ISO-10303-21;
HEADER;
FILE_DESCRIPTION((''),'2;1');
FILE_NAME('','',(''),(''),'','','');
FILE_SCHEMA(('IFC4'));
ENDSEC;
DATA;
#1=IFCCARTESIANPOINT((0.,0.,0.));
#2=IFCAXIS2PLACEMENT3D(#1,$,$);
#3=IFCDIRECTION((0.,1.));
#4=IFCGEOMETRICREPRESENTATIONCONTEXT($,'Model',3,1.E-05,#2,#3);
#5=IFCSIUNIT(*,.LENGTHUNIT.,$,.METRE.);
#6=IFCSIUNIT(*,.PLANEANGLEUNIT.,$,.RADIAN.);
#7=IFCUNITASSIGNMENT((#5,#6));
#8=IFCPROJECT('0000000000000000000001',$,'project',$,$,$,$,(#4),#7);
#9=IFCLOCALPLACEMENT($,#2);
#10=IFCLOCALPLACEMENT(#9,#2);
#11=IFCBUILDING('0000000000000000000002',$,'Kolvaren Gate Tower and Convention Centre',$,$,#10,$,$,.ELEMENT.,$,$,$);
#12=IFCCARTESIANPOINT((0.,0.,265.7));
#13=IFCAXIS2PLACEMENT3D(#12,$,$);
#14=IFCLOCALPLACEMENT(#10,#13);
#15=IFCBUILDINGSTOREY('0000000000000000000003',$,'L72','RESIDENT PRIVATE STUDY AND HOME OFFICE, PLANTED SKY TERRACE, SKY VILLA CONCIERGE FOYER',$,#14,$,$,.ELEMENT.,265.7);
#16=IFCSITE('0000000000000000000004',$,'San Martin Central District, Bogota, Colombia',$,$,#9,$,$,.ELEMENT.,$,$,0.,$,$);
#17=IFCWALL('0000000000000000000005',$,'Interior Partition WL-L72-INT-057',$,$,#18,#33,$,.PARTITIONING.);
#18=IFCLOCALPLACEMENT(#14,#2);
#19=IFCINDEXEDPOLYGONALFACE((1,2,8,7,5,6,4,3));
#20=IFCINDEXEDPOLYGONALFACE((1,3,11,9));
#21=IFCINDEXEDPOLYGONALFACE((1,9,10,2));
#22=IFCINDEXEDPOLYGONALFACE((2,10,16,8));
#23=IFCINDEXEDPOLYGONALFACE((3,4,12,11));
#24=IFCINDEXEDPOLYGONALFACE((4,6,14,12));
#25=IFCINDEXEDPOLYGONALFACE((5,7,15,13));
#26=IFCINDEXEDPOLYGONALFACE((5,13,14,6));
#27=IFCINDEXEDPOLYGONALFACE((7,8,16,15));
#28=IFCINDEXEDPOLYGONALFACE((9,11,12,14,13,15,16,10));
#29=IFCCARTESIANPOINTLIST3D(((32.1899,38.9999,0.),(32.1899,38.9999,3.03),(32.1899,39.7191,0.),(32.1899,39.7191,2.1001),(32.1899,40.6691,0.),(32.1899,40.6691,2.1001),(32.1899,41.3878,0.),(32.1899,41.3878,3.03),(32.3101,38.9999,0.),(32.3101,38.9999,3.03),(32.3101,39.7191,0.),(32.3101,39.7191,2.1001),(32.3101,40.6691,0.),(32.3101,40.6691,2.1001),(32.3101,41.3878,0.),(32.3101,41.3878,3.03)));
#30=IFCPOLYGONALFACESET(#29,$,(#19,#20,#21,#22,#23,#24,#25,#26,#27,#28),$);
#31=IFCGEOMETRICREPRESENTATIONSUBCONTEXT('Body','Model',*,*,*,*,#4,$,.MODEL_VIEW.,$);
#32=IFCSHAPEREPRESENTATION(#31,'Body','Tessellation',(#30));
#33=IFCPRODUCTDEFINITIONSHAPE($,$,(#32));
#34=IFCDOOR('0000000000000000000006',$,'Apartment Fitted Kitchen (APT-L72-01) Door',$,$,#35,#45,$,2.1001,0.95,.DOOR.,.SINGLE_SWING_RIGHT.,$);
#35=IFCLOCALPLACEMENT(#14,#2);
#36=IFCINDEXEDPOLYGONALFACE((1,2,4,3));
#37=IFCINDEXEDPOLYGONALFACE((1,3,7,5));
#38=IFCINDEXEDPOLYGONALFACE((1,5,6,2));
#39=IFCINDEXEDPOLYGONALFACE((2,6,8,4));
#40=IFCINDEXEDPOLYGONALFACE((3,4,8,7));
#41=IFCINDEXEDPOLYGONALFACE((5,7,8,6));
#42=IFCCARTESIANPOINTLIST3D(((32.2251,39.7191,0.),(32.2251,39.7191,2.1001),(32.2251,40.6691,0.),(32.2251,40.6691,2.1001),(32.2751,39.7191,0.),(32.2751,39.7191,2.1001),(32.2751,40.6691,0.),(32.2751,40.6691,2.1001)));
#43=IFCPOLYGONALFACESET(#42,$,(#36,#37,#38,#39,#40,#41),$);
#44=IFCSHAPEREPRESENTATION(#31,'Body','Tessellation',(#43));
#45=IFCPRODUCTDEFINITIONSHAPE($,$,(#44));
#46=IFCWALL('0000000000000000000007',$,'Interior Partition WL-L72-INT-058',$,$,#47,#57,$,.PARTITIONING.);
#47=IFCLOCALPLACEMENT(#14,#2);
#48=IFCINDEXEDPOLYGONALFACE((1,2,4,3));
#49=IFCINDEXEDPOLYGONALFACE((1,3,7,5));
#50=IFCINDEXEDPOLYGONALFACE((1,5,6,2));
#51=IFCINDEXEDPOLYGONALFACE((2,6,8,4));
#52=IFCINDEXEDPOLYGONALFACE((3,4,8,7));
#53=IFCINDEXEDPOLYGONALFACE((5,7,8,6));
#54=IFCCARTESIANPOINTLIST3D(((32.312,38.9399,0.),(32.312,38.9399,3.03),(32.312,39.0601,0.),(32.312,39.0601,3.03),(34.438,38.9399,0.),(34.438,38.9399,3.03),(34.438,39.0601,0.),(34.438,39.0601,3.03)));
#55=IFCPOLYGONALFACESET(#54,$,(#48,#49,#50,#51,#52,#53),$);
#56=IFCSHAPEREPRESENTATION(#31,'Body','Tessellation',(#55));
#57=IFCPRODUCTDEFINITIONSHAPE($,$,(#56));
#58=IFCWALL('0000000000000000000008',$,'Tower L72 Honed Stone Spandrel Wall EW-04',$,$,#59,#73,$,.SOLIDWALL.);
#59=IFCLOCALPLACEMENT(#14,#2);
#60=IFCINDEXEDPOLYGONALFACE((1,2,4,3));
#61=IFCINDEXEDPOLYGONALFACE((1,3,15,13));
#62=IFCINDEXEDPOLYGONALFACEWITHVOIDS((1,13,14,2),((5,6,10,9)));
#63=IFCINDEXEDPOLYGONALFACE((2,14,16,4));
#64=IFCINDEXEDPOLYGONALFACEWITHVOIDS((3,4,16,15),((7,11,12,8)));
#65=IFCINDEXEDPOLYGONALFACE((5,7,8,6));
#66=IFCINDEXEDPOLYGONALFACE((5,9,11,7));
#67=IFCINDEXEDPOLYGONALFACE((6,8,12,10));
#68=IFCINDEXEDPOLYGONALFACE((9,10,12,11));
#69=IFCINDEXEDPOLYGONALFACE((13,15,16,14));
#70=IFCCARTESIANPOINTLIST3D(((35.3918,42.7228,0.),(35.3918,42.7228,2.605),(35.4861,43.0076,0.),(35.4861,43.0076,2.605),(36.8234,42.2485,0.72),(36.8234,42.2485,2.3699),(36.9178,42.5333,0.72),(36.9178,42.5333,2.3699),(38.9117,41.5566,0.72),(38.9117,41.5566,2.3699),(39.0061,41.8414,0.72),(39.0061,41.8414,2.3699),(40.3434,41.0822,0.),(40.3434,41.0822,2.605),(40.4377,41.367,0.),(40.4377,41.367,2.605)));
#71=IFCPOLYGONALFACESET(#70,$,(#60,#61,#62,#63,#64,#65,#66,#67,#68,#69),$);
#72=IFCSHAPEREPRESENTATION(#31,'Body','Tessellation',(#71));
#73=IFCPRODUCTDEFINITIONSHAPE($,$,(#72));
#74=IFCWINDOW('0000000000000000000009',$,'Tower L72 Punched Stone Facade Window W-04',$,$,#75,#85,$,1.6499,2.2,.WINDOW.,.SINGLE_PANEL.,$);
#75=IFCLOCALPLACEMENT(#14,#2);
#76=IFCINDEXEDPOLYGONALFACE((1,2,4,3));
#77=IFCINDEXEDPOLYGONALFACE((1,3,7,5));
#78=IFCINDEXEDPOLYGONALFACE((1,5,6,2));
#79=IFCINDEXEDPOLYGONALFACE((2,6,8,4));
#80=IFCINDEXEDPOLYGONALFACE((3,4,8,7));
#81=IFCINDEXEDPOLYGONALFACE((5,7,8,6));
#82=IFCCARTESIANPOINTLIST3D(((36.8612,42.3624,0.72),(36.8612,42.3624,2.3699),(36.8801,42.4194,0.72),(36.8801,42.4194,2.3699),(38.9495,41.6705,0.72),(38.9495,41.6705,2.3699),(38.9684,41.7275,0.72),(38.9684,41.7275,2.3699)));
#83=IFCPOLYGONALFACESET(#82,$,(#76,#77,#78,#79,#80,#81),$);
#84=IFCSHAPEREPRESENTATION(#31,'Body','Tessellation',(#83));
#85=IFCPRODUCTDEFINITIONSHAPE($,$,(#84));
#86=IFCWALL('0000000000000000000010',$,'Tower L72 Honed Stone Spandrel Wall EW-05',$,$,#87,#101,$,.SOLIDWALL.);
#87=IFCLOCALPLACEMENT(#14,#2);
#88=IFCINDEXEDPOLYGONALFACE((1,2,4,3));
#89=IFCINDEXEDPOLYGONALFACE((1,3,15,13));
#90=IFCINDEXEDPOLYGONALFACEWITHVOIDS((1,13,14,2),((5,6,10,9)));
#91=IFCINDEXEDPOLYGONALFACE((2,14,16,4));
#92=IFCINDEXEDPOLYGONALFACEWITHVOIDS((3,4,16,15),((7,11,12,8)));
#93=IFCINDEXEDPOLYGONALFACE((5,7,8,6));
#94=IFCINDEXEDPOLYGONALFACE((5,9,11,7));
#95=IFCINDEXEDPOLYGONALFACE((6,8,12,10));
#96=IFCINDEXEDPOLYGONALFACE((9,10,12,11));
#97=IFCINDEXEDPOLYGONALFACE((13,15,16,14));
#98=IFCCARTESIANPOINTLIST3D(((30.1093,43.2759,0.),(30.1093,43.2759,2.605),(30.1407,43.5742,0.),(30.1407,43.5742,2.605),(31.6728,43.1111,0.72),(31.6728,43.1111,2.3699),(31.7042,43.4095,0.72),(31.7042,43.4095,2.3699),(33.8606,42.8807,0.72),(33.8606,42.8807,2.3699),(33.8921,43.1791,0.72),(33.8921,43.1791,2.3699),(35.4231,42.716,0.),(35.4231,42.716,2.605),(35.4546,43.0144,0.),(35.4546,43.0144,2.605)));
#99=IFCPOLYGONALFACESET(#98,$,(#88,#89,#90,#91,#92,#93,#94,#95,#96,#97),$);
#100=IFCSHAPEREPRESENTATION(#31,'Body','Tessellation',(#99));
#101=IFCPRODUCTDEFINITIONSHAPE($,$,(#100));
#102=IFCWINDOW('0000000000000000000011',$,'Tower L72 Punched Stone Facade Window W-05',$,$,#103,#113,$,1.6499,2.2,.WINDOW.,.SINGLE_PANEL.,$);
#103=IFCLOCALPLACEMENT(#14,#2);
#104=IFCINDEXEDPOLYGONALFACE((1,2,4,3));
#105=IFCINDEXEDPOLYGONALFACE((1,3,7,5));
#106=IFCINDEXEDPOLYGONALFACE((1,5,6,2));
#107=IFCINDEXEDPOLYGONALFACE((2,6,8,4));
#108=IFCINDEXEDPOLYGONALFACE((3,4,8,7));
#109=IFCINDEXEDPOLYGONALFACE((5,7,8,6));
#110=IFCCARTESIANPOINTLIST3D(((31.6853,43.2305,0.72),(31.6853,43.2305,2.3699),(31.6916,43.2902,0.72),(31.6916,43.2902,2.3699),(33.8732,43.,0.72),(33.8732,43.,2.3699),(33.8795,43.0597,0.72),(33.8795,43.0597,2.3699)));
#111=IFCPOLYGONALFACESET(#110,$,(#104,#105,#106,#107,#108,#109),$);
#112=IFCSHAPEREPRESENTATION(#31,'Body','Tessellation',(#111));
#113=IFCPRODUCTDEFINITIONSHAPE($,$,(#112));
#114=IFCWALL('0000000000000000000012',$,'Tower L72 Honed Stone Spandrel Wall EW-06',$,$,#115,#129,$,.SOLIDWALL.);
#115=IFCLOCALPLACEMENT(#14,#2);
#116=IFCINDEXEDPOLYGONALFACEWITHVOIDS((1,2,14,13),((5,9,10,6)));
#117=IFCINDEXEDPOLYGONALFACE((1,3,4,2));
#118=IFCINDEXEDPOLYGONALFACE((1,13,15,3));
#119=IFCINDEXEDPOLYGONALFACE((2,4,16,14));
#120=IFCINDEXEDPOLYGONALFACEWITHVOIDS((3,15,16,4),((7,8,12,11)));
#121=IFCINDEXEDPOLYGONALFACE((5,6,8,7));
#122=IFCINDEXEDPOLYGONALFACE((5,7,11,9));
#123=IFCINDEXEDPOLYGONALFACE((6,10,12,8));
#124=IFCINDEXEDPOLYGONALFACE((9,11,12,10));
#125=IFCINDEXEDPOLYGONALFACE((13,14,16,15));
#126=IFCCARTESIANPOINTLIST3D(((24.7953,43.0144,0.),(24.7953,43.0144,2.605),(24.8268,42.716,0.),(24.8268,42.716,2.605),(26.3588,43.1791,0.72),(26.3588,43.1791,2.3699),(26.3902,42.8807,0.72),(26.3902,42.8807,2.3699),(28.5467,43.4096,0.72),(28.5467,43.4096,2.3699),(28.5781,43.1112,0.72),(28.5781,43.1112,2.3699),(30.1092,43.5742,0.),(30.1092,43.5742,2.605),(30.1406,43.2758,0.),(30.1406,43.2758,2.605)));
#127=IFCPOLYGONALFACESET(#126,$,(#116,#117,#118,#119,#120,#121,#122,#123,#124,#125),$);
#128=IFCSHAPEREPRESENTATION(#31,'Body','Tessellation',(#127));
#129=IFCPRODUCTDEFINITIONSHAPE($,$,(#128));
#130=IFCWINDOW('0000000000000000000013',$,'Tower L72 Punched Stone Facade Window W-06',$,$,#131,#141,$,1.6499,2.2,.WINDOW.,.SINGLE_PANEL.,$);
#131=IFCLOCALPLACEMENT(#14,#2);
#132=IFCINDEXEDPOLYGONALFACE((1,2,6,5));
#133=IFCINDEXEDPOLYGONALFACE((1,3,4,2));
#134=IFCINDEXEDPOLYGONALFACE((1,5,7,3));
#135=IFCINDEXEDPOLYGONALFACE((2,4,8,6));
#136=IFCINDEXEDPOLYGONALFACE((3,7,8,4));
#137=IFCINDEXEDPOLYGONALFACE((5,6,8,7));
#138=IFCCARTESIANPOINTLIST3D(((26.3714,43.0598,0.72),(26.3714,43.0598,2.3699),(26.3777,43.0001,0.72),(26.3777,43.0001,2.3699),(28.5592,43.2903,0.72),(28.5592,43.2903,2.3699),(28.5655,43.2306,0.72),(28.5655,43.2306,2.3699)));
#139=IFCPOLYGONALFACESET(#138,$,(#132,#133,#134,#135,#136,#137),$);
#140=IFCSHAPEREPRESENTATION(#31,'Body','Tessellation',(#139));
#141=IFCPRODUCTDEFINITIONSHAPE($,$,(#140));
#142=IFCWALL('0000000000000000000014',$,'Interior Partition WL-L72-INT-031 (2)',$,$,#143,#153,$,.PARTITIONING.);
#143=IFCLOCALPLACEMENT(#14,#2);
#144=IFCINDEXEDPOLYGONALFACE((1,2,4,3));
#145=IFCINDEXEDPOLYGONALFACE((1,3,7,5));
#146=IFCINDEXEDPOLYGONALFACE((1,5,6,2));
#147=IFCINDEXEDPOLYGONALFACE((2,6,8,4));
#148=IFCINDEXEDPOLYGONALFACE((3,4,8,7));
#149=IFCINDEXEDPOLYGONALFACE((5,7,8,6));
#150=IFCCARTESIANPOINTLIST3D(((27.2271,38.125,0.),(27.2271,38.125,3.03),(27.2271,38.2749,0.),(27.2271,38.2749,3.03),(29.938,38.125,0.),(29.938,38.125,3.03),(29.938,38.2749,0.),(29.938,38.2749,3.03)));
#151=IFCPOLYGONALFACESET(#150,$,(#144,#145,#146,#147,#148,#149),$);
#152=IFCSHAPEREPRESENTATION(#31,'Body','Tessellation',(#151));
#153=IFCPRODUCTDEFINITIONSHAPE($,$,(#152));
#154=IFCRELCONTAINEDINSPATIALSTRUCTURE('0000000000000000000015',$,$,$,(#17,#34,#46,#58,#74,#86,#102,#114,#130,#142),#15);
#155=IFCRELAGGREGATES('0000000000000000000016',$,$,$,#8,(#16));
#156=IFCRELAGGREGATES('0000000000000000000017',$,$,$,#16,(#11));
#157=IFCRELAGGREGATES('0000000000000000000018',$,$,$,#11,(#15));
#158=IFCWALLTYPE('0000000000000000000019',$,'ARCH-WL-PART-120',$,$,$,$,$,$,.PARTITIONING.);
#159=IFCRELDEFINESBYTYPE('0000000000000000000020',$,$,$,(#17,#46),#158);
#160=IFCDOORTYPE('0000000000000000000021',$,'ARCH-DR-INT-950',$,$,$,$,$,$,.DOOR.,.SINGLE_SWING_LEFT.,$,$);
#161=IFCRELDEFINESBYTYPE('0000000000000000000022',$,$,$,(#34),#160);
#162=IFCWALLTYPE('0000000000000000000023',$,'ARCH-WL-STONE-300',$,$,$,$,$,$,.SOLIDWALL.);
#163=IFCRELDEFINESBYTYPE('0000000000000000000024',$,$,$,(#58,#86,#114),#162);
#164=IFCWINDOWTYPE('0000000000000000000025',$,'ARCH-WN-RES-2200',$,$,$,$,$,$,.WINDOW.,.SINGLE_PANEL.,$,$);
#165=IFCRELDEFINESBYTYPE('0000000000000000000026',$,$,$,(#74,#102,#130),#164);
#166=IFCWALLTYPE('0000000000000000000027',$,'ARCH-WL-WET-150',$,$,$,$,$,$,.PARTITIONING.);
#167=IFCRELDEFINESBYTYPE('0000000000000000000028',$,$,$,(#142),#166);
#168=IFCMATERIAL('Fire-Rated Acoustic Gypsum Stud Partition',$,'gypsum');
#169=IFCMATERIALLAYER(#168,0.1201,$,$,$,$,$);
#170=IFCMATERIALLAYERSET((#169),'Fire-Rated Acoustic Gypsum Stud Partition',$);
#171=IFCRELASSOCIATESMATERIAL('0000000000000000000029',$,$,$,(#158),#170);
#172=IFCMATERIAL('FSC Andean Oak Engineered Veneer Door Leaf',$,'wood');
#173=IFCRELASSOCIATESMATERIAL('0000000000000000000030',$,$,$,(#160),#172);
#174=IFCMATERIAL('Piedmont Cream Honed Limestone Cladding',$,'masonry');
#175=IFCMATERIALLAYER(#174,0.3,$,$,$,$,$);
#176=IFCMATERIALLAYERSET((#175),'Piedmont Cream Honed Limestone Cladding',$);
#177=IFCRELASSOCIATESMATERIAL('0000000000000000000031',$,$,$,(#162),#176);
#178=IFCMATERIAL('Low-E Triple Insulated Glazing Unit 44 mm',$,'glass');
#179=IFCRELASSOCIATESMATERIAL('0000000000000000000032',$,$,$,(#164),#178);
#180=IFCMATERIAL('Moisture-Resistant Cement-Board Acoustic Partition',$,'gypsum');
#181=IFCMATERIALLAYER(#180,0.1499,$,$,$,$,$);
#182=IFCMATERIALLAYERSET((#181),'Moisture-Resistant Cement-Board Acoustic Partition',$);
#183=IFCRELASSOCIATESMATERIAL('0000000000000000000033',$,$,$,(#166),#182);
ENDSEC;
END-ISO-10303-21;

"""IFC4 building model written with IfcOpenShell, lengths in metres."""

from ifc_helpers import new_model, si_unit, direction, frame, frame_2d, origin, place, context, subcontext, project, spatial, rectangle, extrude, material, layer, layer_set, type_object, element, fill, save


model = new_model("IFC4")

# Units and contexts
model_context = context("Model", 3, precision=1e-05, world=origin(), true_north=direction((0.0, 1.0)))
body_context = subcontext(model_context, "Body", "Model", "MODEL_VIEW")
ifc_project = project(units=[si_unit("LENGTHUNIT", "METRE"), si_unit("PLANEANGLEUNIT", "RADIAN")], contexts=[model_context])

# Site, building, storey
site_placement = place(None, origin())
site = spatial("IfcSite", under=ifc_project, at=site_placement, Name="San Martin Central District, Bogota, Colombia", CompositionType="ELEMENT", RefElevation=0.0)
building_placement = place(site_placement, origin())
building = spatial("IfcBuilding", under=site, at=building_placement, Name="Kolvaren Gate Tower and Convention Centre", CompositionType="ELEMENT")
storey_placement = place(building_placement, frame((0.0, 0.0, 265.7)))
storey = spatial("IfcBuildingStorey", under=building, at=storey_placement, Name="L72", Description="RESIDENT PRIVATE STUDY AND HOME OFFICE, PLANTED SKY TERRACE, SKY VILLA CONCIERGE FOYER", CompositionType="ELEMENT", Elevation=265.7)

# Shared definitions
ifc_material_1 = material(Name="Fire-Rated Acoustic Gypsum Stud Partition", Category="gypsum")
ifc_layer_1 = layer(ifc_material_1, 0.1201)
ifc_layer_set_1 = layer_set([ifc_layer_1], Name="Fire-Rated Acoustic Gypsum Stud Partition")
wall_type_1 = type_object("IfcWallType", Name="ARCH-WL-PART-120", PredefinedType="PARTITIONING", material=ifc_layer_set_1)

# Wall, opening, door
wall_1_placement = place(storey_placement, frame((32.25, 39.0, 0.0), z_axis=(0.0, 0.0, 1.0), x_axis=(0.0, 1.0, 0.0)))
wall_1 = element("IfcWall", 1, at=wall_1_placement, inside=storey, type_object=wall_type_1, Name="Interior Partition WL-L72-INT-057", PredefinedType="PARTITIONING", context=body_context, shape_type="SweptSolid", body=[
    extrude(rectangle(XDim=2.3879, YDim=0.1201, at=frame_2d((1.1938, 0.0))), origin(), (0.0, 0.0, 1.0), 3.03),
])
opening_1_placement = place(wall_1_placement, frame((0.719, 0.0, 0.0)))
opening_1 = element("IfcOpeningElement", 2, at=opening_1_placement, cuts=wall_1, PredefinedType="OPENING", context=body_context, shape_type="SweptSolid", body=[
    extrude(rectangle(XDim=0.95, YDim=2.1001, at=frame_2d((0.4751, 1.05))), frame((0.0, 0.0701, 0.0), z_axis=(0.0, -1.0, 0.0), x_axis=(1.0, 0.0, 0.0)), (0.0, 0.0, 1.0), 0.1401),
])
ifc_material_2 = material(Name="FSC Andean Oak Engineered Veneer Door Leaf", Category="wood")
door_type_1 = type_object("IfcDoorType", Name="ARCH-DR-INT-950", OperationType="SINGLE_SWING_LEFT", PredefinedType="DOOR", material=ifc_material_2)
door_1_placement = place(opening_1_placement, origin())
door_1 = element("IfcDoor", 3, at=door_1_placement, inside=storey, type_object=door_type_1, Name="Apartment Fitted Kitchen (APT-L72-01) Door", OperationType="SINGLE_SWING_RIGHT", OverallHeight=2.1001, OverallWidth=0.95, PredefinedType="DOOR", context=body_context, shape_type="SweptSolid", body=[
    extrude(rectangle(XDim=0.95, YDim=2.1001, at=frame_2d((0.4751, 1.05))), frame((0.0, 0.0249, 0.0), z_axis=(0.0, -1.0, 0.0), x_axis=(1.0, 0.0, 0.0)), (0.0, 0.0, 1.0), 0.05),
])
fill(opening_1, door_1)

# Wall
wall_2_placement = place(storey_placement, frame((32.312, 39.0, 0.0), z_axis=(0.0, 0.0, 1.0), x_axis=(1.0, 0.0, 0.0)))
element("IfcWall", 4, at=wall_2_placement, inside=storey, type_object=wall_type_1, Name="Interior Partition WL-L72-INT-058", PredefinedType="PARTITIONING", context=body_context, shape_type="SweptSolid", body=[
    extrude(rectangle(XDim=2.126, YDim=0.1201, at=frame_2d((1.063, 0.0))), origin(), (0.0, 0.0, 1.0), 3.03),
])

# Walls, openings, windows
ifc_material_3 = material(Name="Piedmont Cream Honed Limestone Cladding", Category="masonry")
ifc_layer_2 = layer(ifc_material_3, 0.3)
ifc_layer_set_2 = layer_set([ifc_layer_2], Name="Piedmont Cream Honed Limestone Cladding")
wall_type_2 = type_object("IfcWallType", Name="ARCH-WL-STONE-300", PredefinedType="SOLIDWALL", material=ifc_layer_set_2)
wall_3_placement = place(storey_placement, frame((35.439, 42.8652, 0.0), z_axis=(0.0, 0.0, 1.0), x_axis=(0.949253, -0.314514, 0.0)))
wall_3 = element("IfcWall", 5, at=wall_3_placement, inside=storey, type_object=wall_type_2, Name="Tower L72 Honed Stone Spandrel Wall EW-04", PredefinedType="SOLIDWALL", context=body_context, shape_type="SweptSolid", body=[
    extrude(rectangle(XDim=5.2163, YDim=0.3, at=frame_2d((2.6082, 0.0))), origin(), (0.0, 0.0, 1.0), 2.605),
])
opening_2_placement = place(wall_3_placement, frame((1.5081, 0.0, 0.72)))
opening_2 = element("IfcOpeningElement", 6, at=opening_2_placement, cuts=wall_3, PredefinedType="OPENING", context=body_context, shape_type="SweptSolid", body=[
    extrude(rectangle(XDim=2.2, YDim=1.6499, at=frame_2d((1.1001, 0.825))), frame((0.0, 0.1599, 0.0), z_axis=(0.0, -1.0, 0.0), x_axis=(1.0, 0.0, 0.0)), (0.0, 0.0, 1.0), 0.3201),
])
ifc_material_4 = material(Name="Low-E Triple Insulated Glazing Unit 44 mm", Category="glass")
window_type = type_object("IfcWindowType", Name="ARCH-WN-RES-2200", PartitioningType="SINGLE_PANEL", PredefinedType="WINDOW", material=ifc_material_4)
window_1_placement = place(opening_2_placement, origin())
window_1 = element("IfcWindow", 7, at=window_1_placement, inside=storey, type_object=window_type, Name="Tower L72 Punched Stone Facade Window W-04", OverallHeight=1.6499, OverallWidth=2.2, PartitioningType="SINGLE_PANEL", PredefinedType="WINDOW", context=body_context, shape_type="SweptSolid", body=[
    extrude(rectangle(XDim=2.2, YDim=1.6499, at=frame_2d((1.1001, 0.825))), frame((0.0, 0.03, 0.0), z_axis=(0.0, -1.0, 0.0), x_axis=(1.0, 0.0, 0.0)), (0.0, 0.0, 1.0), 0.0601),
])
fill(opening_2, window_1)
wall_4_placement = place(storey_placement, frame((30.125, 43.425, 0.0), z_axis=(0.0, 0.0, 1.0), x_axis=(0.994497, -0.104768, 0.0)))
wall_4 = element("IfcWall", 8, at=wall_4_placement, inside=storey, type_object=wall_type_2, Name="Tower L72 Honed Stone Spandrel Wall EW-05", PredefinedType="SOLIDWALL", context=body_context, shape_type="SweptSolid", body=[
    extrude(rectangle(XDim=5.3433, YDim=0.3, at=frame_2d((2.6716, 0.0))), origin(), (0.0, 0.0, 1.0), 2.605),
])
opening_3_placement = place(wall_4_placement, frame((1.572, 0.0, 0.72)))
opening_3 = element("IfcOpeningElement", 9, at=opening_3_placement, cuts=wall_4, PredefinedType="OPENING", context=body_context, shape_type="SweptSolid", body=[
    extrude(rectangle(XDim=2.2, YDim=1.6499, at=frame_2d((1.1001, 0.825))), frame((0.0, 0.1599, 0.0), z_axis=(0.0, -1.0, 0.0), x_axis=(1.0, 0.0, 0.0)), (0.0, 0.0, 1.0), 0.3201),
])
window_2_placement = place(opening_3_placement, origin())
window_2 = element("IfcWindow", 10, at=window_2_placement, inside=storey, type_object=window_type, Name="Tower L72 Punched Stone Facade Window W-05", OverallHeight=1.6499, OverallWidth=2.2, PartitioningType="SINGLE_PANEL", PredefinedType="WINDOW", context=body_context, shape_type="SweptSolid", body=[
    extrude(rectangle(XDim=2.2, YDim=1.6499, at=frame_2d((1.1001, 0.825))), frame((0.0, 0.03, 0.0), z_axis=(0.0, -1.0, 0.0), x_axis=(1.0, 0.0, 0.0)), (0.0, 0.0, 1.0), 0.0601),
])
fill(opening_3, window_2)
wall_5_placement = place(storey_placement, frame((24.811, 42.8652, 0.0), z_axis=(0.0, 0.0, 1.0), x_axis=(0.994497, 0.104768, 0.0)))
wall_5 = element("IfcWall", 11, at=wall_5_placement, inside=storey, type_object=wall_type_2, Name="Tower L72 Honed Stone Spandrel Wall EW-06", PredefinedType="SOLIDWALL", context=body_context, shape_type="SweptSolid", body=[
    extrude(rectangle(XDim=5.3433, YDim=0.3, at=frame_2d((2.6716, 0.0))), origin(), (0.0, 0.0, 1.0), 2.605),
])
opening_4_placement = place(wall_5_placement, frame((1.572, 0.0, 0.72)))
opening_4 = element("IfcOpeningElement", 12, at=opening_4_placement, cuts=wall_5, PredefinedType="OPENING", context=body_context, shape_type="SweptSolid", body=[
    extrude(rectangle(XDim=2.2, YDim=1.6499, at=frame_2d((1.1001, 0.825))), frame((0.0, 0.1599, 0.0), z_axis=(0.0, -1.0, 0.0), x_axis=(1.0, 0.0, 0.0)), (0.0, 0.0, 1.0), 0.3201),
])
window_3_placement = place(opening_4_placement, origin())
window_3 = element("IfcWindow", 13, at=window_3_placement, inside=storey, type_object=window_type, Name="Tower L72 Punched Stone Facade Window W-06", OverallHeight=1.6499, OverallWidth=2.2, PartitioningType="SINGLE_PANEL", PredefinedType="WINDOW", context=body_context, shape_type="SweptSolid", body=[
    extrude(rectangle(XDim=2.2, YDim=1.6499, at=frame_2d((1.1001, 0.825))), frame((0.0, 0.03, 0.0), z_axis=(0.0, -1.0, 0.0), x_axis=(1.0, 0.0, 0.0)), (0.0, 0.0, 1.0), 0.0601),
])
fill(opening_4, window_3)

# Wall
ifc_material_5 = material(Name="Moisture-Resistant Cement-Board Acoustic Partition", Category="gypsum")
ifc_layer_3 = layer(ifc_material_5, 0.1499)
ifc_layer_set_3 = layer_set([ifc_layer_3], Name="Moisture-Resistant Cement-Board Acoustic Partition")
wall_type_3 = type_object("IfcWallType", Name="ARCH-WL-WET-150", PredefinedType="PARTITIONING", material=ifc_layer_set_3)
wall_6_placement = place(storey_placement, frame((27.2271, 38.2, 0.0), z_axis=(0.0, 0.0, 1.0), x_axis=(1.0, 0.0, 0.0)))
element("IfcWall", 14, at=wall_6_placement, inside=storey, type_object=wall_type_3, Name="Interior Partition WL-L72-INT-031 (2)", PredefinedType="PARTITIONING", context=body_context, shape_type="SweptSolid", body=[
    extrude(rectangle(XDim=2.7109, YDim=0.1499, at=frame_2d((1.3555, 0.0))), origin(), (0.0, 0.0, 1.0), 3.03),
])

save(model, "model.ifc")
